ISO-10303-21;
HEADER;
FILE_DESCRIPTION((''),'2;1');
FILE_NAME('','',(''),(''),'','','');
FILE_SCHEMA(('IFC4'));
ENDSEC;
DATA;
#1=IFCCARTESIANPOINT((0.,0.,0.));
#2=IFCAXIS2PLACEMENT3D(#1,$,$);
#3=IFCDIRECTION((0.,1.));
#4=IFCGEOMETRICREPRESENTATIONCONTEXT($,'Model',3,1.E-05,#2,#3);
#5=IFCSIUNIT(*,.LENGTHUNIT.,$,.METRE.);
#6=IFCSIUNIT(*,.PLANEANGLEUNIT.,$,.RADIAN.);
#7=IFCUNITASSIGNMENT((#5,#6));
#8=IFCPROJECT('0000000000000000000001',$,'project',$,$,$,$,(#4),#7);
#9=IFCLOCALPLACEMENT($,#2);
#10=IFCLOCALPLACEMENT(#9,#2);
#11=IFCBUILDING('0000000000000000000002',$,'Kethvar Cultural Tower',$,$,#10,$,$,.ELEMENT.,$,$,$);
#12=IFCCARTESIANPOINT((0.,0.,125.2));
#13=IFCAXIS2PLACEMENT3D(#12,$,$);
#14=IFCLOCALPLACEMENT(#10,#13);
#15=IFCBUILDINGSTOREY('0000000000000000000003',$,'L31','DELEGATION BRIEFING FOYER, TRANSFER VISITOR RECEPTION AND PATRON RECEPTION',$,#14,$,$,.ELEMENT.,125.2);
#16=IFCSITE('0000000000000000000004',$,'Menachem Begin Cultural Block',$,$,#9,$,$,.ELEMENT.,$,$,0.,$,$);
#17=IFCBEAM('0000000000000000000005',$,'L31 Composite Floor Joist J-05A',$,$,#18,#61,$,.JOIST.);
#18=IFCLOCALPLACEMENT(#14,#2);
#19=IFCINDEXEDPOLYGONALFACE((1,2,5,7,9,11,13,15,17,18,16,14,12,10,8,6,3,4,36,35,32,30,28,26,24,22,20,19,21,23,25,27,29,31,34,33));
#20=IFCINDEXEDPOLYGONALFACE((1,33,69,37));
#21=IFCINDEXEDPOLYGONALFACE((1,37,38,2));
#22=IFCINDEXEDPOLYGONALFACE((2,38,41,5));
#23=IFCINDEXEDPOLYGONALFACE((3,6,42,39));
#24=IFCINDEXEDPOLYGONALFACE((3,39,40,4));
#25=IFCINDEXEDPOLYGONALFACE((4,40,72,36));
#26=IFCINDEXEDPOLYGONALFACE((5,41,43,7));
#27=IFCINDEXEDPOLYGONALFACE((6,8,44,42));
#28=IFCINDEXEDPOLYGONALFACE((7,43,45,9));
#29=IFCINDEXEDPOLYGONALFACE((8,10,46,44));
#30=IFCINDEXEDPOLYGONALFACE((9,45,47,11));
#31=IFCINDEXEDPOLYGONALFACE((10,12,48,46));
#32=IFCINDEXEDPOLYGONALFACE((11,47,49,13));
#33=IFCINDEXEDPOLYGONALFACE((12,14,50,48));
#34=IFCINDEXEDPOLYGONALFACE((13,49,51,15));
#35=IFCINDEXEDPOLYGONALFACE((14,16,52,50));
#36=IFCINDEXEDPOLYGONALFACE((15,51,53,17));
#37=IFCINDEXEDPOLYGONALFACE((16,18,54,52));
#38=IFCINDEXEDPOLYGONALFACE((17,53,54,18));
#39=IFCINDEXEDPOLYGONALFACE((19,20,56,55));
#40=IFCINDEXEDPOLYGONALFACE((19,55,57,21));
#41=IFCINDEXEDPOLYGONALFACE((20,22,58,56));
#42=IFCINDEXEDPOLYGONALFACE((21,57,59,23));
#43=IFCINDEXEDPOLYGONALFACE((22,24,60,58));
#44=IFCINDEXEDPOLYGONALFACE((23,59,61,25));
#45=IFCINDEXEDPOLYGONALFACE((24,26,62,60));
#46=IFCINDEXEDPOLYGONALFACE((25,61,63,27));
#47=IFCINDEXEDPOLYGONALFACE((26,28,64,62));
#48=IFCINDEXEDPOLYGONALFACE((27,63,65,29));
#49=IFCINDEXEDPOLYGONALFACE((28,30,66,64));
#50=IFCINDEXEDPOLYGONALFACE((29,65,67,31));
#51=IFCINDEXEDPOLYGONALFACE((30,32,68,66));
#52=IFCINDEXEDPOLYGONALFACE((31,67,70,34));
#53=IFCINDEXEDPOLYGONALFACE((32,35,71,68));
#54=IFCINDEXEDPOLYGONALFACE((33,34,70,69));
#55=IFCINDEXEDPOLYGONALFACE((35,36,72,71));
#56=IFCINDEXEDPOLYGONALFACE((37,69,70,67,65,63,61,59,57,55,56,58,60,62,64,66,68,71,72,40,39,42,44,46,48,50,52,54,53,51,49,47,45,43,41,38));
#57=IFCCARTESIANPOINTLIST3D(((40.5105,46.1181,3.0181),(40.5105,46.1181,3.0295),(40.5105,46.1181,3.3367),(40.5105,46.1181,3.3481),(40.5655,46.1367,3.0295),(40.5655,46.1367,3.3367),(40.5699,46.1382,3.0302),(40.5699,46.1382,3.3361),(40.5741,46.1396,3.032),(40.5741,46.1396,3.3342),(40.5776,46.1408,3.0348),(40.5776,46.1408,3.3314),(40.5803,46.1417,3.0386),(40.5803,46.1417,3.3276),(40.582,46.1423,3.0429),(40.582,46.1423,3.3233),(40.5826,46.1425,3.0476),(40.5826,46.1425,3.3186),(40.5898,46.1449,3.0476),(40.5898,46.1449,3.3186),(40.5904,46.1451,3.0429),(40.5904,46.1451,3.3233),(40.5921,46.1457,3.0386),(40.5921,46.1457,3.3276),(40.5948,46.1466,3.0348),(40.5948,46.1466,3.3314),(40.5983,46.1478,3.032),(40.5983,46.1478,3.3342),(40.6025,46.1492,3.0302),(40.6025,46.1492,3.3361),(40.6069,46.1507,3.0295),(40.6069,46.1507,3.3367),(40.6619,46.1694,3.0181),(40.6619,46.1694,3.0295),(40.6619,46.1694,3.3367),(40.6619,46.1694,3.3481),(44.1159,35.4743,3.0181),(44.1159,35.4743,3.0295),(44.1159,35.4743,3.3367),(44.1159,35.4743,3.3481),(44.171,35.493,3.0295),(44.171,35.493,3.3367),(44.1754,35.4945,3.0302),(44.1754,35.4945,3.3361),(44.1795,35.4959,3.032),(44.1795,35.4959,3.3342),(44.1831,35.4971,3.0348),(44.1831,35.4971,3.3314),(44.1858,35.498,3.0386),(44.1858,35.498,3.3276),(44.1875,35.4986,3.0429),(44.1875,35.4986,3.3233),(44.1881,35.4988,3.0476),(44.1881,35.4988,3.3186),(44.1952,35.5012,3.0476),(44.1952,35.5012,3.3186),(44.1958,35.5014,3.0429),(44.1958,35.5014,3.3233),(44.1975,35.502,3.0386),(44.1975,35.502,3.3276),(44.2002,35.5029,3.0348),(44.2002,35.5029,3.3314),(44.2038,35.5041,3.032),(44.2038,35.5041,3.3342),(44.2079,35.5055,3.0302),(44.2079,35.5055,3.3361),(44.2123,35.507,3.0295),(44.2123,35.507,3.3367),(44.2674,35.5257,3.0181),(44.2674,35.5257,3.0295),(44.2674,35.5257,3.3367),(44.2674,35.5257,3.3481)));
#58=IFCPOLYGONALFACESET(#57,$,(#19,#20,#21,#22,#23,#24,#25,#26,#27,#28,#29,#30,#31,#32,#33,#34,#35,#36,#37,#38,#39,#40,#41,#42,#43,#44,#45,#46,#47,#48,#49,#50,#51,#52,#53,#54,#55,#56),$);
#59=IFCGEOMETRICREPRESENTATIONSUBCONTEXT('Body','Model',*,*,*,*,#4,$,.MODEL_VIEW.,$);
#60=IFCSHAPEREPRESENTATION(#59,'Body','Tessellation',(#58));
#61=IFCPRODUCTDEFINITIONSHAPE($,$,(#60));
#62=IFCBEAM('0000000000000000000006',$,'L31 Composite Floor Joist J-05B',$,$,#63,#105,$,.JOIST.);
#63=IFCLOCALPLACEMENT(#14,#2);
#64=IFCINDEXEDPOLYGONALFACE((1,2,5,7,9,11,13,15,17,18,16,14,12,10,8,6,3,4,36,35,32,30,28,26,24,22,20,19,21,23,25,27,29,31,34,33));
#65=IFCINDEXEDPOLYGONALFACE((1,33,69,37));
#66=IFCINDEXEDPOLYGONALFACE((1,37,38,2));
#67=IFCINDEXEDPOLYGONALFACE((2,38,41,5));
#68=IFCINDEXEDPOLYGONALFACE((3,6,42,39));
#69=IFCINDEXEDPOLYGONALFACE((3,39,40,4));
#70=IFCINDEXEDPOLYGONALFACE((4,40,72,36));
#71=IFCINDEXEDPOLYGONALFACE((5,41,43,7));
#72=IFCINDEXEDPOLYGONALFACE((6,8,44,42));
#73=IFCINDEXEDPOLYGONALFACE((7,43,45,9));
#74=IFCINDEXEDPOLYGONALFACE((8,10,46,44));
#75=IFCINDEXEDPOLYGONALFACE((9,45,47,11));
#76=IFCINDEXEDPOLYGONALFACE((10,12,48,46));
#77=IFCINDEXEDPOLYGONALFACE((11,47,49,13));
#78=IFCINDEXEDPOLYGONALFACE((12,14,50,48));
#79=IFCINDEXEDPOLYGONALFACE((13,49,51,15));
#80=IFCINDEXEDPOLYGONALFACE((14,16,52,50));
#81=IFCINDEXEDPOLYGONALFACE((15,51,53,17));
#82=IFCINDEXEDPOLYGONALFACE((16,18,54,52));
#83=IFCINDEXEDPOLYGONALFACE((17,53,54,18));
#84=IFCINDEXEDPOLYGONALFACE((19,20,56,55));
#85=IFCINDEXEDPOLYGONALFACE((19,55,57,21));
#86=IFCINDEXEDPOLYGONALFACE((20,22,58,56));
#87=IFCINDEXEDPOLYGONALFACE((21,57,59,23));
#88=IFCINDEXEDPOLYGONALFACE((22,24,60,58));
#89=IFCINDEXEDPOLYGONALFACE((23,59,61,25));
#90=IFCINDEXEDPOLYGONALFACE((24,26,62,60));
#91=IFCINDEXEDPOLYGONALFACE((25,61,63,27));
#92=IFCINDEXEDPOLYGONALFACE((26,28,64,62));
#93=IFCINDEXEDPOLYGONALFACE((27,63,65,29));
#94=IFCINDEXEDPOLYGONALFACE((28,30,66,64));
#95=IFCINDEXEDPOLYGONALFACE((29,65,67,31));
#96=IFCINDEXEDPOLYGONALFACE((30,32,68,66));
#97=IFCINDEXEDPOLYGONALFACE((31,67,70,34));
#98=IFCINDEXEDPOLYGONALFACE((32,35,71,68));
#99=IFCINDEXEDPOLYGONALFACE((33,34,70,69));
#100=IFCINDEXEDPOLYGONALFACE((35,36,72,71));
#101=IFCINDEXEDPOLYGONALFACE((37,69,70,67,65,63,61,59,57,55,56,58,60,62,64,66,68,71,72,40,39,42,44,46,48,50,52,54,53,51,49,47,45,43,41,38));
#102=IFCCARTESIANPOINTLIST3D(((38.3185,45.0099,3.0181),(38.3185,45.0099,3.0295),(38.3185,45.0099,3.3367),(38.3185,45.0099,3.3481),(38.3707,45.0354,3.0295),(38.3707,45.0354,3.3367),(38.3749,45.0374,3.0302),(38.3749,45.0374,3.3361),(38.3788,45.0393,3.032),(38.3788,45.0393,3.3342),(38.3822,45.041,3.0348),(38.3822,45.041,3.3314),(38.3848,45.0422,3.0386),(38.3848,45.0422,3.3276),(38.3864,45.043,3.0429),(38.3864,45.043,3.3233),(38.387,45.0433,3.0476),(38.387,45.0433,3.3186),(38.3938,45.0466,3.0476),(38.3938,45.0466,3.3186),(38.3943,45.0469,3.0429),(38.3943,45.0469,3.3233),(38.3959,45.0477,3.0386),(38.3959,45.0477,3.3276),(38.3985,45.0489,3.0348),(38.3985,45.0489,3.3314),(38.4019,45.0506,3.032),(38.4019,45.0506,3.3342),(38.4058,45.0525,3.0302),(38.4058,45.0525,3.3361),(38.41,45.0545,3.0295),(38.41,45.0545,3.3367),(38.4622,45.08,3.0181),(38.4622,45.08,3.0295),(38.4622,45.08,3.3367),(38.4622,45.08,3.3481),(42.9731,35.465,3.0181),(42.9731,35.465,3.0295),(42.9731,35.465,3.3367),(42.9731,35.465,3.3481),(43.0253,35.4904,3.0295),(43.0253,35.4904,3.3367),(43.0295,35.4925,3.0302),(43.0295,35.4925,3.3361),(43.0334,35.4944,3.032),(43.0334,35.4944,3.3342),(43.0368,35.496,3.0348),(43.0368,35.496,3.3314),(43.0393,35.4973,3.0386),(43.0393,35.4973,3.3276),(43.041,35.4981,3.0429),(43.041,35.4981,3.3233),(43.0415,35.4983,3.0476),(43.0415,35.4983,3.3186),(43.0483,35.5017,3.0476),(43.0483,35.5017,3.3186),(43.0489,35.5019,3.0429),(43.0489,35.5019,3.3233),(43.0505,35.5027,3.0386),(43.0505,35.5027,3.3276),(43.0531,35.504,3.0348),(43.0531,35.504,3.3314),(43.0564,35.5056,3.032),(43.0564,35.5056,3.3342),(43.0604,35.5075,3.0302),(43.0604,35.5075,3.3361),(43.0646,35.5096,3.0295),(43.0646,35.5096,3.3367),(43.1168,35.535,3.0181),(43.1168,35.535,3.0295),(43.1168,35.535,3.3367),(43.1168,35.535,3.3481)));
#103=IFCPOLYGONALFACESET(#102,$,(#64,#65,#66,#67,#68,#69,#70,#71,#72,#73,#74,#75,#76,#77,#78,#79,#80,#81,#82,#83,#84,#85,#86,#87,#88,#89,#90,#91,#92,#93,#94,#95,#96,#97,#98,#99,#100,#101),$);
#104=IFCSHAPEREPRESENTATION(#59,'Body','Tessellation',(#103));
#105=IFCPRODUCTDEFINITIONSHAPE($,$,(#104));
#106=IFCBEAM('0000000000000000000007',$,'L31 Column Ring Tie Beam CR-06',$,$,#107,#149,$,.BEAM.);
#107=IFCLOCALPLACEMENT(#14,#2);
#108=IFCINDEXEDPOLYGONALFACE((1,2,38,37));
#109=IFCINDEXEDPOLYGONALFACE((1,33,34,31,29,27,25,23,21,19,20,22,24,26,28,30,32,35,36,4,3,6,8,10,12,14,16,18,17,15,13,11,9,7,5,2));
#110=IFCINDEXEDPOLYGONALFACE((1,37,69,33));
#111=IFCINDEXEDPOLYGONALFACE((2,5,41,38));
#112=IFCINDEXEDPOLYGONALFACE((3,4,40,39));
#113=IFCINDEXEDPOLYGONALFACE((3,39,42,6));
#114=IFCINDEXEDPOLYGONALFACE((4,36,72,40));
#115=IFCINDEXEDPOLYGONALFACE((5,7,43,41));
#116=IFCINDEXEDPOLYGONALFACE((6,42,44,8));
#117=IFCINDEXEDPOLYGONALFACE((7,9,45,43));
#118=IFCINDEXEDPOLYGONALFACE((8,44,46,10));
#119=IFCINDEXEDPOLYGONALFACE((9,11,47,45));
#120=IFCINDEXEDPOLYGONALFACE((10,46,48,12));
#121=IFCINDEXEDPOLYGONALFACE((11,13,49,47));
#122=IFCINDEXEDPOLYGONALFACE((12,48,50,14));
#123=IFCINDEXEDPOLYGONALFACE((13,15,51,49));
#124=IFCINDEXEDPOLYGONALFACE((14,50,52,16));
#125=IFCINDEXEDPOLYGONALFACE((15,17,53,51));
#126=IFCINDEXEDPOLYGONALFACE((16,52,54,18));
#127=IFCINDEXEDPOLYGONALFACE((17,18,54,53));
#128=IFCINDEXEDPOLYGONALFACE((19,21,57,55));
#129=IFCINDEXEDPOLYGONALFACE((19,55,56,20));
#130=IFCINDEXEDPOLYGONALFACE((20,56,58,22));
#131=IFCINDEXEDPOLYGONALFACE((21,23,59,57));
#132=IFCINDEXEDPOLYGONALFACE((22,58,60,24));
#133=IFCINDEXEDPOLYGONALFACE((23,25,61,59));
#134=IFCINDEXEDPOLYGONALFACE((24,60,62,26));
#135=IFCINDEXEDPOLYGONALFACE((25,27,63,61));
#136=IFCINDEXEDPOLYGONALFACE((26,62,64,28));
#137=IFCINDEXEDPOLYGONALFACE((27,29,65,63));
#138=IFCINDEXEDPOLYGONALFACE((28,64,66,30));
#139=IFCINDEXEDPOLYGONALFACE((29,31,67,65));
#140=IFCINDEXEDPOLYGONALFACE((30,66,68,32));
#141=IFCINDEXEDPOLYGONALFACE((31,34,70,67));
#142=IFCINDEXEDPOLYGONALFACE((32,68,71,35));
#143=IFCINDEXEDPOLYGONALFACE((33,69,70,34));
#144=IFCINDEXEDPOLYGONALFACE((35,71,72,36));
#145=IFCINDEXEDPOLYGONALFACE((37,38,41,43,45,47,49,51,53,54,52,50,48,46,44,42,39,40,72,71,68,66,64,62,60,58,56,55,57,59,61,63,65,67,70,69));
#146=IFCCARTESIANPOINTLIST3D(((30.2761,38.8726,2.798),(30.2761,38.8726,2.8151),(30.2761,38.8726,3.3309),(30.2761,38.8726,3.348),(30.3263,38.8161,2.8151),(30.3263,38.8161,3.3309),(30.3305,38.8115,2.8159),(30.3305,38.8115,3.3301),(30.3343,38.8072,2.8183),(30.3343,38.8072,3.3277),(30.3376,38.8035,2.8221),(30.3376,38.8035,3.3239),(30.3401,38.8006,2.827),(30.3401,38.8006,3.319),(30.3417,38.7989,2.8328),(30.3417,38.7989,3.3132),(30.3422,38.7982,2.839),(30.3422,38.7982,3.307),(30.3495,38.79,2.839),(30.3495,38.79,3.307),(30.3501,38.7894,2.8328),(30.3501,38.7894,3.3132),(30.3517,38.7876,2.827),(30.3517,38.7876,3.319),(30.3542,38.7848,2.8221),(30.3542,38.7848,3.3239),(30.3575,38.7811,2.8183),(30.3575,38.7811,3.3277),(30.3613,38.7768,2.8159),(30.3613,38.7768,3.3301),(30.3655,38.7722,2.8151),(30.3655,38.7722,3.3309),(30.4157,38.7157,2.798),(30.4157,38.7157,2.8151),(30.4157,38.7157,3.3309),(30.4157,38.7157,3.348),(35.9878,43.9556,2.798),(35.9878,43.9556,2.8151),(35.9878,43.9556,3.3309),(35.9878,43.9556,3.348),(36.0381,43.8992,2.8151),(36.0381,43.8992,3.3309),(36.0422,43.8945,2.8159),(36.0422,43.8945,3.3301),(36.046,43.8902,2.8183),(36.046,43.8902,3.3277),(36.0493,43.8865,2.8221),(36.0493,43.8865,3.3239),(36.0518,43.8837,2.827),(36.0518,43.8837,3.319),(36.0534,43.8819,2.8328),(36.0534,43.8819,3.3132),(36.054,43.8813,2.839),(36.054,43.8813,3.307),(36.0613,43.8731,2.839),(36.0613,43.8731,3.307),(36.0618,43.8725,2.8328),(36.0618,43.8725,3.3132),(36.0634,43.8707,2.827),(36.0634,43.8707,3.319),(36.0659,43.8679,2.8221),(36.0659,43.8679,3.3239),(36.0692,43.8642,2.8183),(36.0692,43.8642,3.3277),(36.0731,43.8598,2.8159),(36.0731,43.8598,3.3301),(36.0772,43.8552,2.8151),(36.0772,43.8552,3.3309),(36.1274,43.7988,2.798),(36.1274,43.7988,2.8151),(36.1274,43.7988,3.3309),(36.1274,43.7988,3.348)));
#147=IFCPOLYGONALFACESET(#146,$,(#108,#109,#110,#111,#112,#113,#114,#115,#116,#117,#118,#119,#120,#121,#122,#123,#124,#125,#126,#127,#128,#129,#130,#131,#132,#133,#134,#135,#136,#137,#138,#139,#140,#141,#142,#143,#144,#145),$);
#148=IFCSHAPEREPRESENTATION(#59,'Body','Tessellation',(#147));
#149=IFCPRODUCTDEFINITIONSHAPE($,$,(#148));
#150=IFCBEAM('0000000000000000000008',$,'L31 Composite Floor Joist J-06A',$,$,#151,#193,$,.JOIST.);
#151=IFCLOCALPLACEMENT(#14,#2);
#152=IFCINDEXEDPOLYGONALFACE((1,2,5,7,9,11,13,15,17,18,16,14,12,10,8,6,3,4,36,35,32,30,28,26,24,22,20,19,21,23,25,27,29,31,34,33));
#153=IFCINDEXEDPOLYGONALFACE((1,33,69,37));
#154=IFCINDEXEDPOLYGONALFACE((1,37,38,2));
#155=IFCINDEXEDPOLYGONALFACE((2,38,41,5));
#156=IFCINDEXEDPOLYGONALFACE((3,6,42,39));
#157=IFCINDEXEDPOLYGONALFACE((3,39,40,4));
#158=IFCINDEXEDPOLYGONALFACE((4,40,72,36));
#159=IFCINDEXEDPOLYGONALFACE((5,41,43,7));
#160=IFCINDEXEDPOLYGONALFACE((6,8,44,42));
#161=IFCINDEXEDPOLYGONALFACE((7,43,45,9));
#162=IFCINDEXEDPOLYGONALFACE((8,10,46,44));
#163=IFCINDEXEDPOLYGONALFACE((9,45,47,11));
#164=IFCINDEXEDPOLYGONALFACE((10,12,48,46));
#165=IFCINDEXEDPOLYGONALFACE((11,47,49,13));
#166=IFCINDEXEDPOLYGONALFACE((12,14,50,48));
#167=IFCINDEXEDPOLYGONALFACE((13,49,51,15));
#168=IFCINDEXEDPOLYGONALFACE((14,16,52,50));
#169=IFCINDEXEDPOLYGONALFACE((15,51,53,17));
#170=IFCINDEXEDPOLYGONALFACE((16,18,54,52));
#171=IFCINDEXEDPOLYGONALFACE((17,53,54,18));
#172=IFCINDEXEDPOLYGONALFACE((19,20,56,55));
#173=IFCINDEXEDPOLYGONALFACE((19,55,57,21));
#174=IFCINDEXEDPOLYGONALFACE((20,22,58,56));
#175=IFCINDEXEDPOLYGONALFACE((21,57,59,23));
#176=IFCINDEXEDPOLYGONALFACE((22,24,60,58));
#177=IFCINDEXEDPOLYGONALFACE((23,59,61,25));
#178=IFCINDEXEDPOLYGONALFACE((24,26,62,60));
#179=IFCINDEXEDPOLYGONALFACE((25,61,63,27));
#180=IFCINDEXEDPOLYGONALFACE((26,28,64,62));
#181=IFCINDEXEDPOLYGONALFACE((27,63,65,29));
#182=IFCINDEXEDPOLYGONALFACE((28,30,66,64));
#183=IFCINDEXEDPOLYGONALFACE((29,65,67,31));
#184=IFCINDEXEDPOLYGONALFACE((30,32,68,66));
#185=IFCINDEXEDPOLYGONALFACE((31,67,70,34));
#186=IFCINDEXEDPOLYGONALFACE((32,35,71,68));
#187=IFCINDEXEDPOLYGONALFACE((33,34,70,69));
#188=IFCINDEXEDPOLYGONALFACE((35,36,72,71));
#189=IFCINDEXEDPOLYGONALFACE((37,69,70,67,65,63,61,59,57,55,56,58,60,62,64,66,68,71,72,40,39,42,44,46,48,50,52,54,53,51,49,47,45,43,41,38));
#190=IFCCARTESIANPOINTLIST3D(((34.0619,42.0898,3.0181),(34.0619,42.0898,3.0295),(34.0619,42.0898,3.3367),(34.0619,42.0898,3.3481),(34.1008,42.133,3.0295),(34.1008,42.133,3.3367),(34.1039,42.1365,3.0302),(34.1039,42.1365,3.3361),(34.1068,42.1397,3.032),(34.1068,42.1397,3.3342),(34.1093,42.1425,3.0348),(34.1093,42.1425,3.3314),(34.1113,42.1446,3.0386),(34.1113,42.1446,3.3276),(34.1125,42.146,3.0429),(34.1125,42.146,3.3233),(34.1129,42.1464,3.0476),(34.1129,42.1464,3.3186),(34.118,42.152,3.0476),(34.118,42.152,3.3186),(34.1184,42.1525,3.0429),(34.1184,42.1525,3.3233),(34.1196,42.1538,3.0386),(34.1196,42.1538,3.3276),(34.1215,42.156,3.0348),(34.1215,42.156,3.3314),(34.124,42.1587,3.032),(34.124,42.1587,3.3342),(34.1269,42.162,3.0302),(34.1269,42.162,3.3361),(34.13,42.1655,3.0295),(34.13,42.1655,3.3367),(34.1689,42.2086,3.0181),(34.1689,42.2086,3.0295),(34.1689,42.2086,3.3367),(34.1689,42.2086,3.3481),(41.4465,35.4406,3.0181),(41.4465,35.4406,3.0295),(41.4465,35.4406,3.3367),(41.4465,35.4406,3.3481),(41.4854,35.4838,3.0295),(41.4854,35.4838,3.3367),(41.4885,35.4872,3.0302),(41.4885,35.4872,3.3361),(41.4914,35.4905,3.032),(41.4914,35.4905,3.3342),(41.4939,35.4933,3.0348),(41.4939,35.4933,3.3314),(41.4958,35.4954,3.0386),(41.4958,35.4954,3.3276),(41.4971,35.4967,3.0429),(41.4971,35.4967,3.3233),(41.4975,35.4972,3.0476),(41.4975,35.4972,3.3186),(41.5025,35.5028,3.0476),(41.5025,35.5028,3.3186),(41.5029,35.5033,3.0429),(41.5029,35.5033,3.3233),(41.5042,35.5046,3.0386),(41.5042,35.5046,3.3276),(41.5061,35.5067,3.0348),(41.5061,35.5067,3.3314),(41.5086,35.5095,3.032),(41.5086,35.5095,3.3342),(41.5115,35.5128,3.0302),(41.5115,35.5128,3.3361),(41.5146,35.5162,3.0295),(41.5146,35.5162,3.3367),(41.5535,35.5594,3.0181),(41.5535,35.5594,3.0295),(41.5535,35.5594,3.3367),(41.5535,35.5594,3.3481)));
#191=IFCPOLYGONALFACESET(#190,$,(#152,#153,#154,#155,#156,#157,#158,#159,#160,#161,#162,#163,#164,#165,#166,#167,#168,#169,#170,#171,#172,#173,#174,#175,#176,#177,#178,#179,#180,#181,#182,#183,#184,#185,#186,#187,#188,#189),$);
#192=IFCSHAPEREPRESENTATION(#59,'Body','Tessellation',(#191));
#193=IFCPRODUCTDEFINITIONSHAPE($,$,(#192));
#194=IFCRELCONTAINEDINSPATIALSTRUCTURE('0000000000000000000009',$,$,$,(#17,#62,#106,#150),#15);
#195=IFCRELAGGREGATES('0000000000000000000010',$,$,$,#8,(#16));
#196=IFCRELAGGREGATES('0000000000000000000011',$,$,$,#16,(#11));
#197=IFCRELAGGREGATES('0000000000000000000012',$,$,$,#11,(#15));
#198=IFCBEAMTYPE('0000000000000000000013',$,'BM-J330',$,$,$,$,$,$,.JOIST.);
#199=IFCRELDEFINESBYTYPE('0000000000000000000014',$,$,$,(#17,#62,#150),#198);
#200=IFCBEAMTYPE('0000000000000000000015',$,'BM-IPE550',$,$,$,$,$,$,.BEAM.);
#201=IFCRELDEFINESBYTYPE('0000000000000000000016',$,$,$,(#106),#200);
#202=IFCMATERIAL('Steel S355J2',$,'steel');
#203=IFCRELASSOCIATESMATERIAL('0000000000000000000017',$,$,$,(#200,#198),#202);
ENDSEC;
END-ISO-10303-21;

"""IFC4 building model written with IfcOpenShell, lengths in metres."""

from ifc_helpers import new_model, si_unit, direction, frame, origin, origin_2d, place, context, subcontext, project, spatial, i_section, extrude, source, transform, mapped, material, material_profile, profile_set, type_object, element, save


model = new_model("IFC4")

# Units and contexts
model_context = context("Model", 3, precision=1e-05, world=origin(), true_north=direction((0.0, 1.0)))
body_context = subcontext(model_context, "Body", "Model", "MODEL_VIEW")
ifc_project = project(units=[si_unit("LENGTHUNIT", "METRE"), si_unit("PLANEANGLEUNIT", "RADIAN")], contexts=[model_context])

# Site, building, storey
site_placement = place(None, origin())
site = spatial("IfcSite", under=ifc_project, at=site_placement, Name="Menachem Begin Cultural Block", CompositionType="ELEMENT", RefElevation=0.0)
building_placement = place(site_placement, origin())
building = spatial("IfcBuilding", under=site, at=building_placement, Name="Kethvar Cultural Tower", CompositionType="ELEMENT")
storey_placement = place(building_placement, frame((0.0, 0.0, 125.2)))
storey = spatial("IfcBuildingStorey", under=building, at=storey_placement, Name="L31", Description="DELEGATION BRIEFING FOYER, TRANSFER VISITOR RECEPTION AND PATRON RECEPTION", CompositionType="ELEMENT", Elevation=125.2)

# Beams
ifc_material_1 = material(Name="Steel S355J2", Category="steel")
ifc_material_profile_1 = material_profile(ifc_material_1, i_section(OverallWidth=0.21, OverallDepth=0.55, WebThickness=0.011, FlangeThickness=0.0171, FilletRadius=0.0239, at=origin_2d()), Name="Steel S355J2 — IPE550")
ifc_profile_set_1 = profile_set([ifc_material_profile_1], Name="Steel S355J2 — IPE550")
beam_type_1 = type_object("IfcBeamType", Name="BM-IPE550", PredefinedType="BEAM", material=ifc_profile_set_1)
ifc_material_profile_2 = material_profile(ifc_material_1, i_section(OverallWidth=0.1599, OverallDepth=0.3301, WebThickness=0.0076, FlangeThickness=0.0115, FilletRadius=0.0181, at=origin_2d()), Name="Steel S355J2 — IPE330")
ifc_profile_set_2 = profile_set([ifc_material_profile_2], Name="Steel S355J2 — IPE330")
beam_type_2 = type_object("IfcBeamType", Name="BM-J330", PredefinedType="JOIST", material=ifc_profile_set_2)
shared_shape_1 = source(origin(), body_context, "Body", "SweptSolid", [
    extrude(i_section(OverallWidth=0.1599, OverallDepth=0.3301, WebThickness=0.0076, FlangeThickness=0.0115, FilletRadius=0.0181, at=origin_2d()), origin(), (0.0, 0.0, 1.0), 11.2378),
])
beam_1_placement = place(storey_placement, frame((44.1917, 35.5, 3.1831), z_axis=(-0.320832, 0.947136, 0.0), x_axis=(-0.947136, -0.320832, 0.0)))
element("IfcBeam", 1, at=beam_1_placement, inside=storey, type_object=beam_type_2, Name="L31 Composite Floor Joist J-05A", PredefinedType="JOIST", context=body_context, shape_type="MappedRepresentation", body=[
    mapped(shared_shape_1, transform((0.0, 0.0, 0.0), scale=1.0)),
])
shared_shape_2 = source(origin(), body_context, "Body", "SweptSolid", [
    extrude(i_section(OverallWidth=0.1599, OverallDepth=0.3301, WebThickness=0.0076, FlangeThickness=0.0115, FilletRadius=0.0181, at=origin_2d()), origin(), (0.0, 0.0, 1.0), 10.6194),
])
beam_2_placement = place(storey_placement, frame((43.0449, 35.5, 3.1831), z_axis=(-0.438308, 0.898825, 0.0), x_axis=(-0.898825, -0.438308, 0.0)))
element("IfcBeam", 2, at=beam_2_placement, inside=storey, type_object=beam_type_2, Name="L31 Composite Floor Joist J-05B", PredefinedType="JOIST", context=body_context, shape_type="MappedRepresentation", body=[
    mapped(shared_shape_2, transform((0.0, 0.0, 0.0), scale=1.0)),
])
shared_shape_3 = source(origin(), body_context, "Body", "SweptSolid", [
    extrude(i_section(OverallWidth=0.21, OverallDepth=0.55, WebThickness=0.011, FlangeThickness=0.0171, FilletRadius=0.0239, at=origin_2d()), origin(), (0.0, 0.0, 1.0), 7.646),
])
beam_3_placement = place(storey_placement, frame((36.0576, 43.8772, 3.073), z_axis=(-0.747022, -0.6648, 0.0), x_axis=(0.6648, -0.747022, 0.0)))
element("IfcBeam", 3, at=beam_3_placement, inside=storey, type_object=beam_type_1, Name="L31 Column Ring Tie Beam CR-06", PredefinedType="BEAM", context=body_context, shape_type="MappedRepresentation", body=[
    mapped(shared_shape_3, transform((0.0, 0.0, 0.0), scale=1.0)),
])
shared_shape_4 = source(origin(), body_context, "Body", "SweptSolid", [
    extrude(i_section(OverallWidth=0.1599, OverallDepth=0.3301, WebThickness=0.0076, FlangeThickness=0.0115, FilletRadius=0.0181, at=origin_2d()), origin(), (0.0, 0.0, 1.0), 9.937),
])
beam_4_placement = place(storey_placement, frame((41.5, 35.5, 3.1831), z_axis=(-0.743139, 0.669137, 0.0), x_axis=(-0.669137, -0.743139, 0.0)))
element("IfcBeam", 4, at=beam_4_placement, inside=storey, type_object=beam_type_2, Name="L31 Composite Floor Joist J-06A", PredefinedType="JOIST", context=body_context, shape_type="MappedRepresentation", body=[
    mapped(shared_shape_4, transform((0.0, 0.0, 0.0), scale=1.0)),
])

save(model, "model.ifc")
